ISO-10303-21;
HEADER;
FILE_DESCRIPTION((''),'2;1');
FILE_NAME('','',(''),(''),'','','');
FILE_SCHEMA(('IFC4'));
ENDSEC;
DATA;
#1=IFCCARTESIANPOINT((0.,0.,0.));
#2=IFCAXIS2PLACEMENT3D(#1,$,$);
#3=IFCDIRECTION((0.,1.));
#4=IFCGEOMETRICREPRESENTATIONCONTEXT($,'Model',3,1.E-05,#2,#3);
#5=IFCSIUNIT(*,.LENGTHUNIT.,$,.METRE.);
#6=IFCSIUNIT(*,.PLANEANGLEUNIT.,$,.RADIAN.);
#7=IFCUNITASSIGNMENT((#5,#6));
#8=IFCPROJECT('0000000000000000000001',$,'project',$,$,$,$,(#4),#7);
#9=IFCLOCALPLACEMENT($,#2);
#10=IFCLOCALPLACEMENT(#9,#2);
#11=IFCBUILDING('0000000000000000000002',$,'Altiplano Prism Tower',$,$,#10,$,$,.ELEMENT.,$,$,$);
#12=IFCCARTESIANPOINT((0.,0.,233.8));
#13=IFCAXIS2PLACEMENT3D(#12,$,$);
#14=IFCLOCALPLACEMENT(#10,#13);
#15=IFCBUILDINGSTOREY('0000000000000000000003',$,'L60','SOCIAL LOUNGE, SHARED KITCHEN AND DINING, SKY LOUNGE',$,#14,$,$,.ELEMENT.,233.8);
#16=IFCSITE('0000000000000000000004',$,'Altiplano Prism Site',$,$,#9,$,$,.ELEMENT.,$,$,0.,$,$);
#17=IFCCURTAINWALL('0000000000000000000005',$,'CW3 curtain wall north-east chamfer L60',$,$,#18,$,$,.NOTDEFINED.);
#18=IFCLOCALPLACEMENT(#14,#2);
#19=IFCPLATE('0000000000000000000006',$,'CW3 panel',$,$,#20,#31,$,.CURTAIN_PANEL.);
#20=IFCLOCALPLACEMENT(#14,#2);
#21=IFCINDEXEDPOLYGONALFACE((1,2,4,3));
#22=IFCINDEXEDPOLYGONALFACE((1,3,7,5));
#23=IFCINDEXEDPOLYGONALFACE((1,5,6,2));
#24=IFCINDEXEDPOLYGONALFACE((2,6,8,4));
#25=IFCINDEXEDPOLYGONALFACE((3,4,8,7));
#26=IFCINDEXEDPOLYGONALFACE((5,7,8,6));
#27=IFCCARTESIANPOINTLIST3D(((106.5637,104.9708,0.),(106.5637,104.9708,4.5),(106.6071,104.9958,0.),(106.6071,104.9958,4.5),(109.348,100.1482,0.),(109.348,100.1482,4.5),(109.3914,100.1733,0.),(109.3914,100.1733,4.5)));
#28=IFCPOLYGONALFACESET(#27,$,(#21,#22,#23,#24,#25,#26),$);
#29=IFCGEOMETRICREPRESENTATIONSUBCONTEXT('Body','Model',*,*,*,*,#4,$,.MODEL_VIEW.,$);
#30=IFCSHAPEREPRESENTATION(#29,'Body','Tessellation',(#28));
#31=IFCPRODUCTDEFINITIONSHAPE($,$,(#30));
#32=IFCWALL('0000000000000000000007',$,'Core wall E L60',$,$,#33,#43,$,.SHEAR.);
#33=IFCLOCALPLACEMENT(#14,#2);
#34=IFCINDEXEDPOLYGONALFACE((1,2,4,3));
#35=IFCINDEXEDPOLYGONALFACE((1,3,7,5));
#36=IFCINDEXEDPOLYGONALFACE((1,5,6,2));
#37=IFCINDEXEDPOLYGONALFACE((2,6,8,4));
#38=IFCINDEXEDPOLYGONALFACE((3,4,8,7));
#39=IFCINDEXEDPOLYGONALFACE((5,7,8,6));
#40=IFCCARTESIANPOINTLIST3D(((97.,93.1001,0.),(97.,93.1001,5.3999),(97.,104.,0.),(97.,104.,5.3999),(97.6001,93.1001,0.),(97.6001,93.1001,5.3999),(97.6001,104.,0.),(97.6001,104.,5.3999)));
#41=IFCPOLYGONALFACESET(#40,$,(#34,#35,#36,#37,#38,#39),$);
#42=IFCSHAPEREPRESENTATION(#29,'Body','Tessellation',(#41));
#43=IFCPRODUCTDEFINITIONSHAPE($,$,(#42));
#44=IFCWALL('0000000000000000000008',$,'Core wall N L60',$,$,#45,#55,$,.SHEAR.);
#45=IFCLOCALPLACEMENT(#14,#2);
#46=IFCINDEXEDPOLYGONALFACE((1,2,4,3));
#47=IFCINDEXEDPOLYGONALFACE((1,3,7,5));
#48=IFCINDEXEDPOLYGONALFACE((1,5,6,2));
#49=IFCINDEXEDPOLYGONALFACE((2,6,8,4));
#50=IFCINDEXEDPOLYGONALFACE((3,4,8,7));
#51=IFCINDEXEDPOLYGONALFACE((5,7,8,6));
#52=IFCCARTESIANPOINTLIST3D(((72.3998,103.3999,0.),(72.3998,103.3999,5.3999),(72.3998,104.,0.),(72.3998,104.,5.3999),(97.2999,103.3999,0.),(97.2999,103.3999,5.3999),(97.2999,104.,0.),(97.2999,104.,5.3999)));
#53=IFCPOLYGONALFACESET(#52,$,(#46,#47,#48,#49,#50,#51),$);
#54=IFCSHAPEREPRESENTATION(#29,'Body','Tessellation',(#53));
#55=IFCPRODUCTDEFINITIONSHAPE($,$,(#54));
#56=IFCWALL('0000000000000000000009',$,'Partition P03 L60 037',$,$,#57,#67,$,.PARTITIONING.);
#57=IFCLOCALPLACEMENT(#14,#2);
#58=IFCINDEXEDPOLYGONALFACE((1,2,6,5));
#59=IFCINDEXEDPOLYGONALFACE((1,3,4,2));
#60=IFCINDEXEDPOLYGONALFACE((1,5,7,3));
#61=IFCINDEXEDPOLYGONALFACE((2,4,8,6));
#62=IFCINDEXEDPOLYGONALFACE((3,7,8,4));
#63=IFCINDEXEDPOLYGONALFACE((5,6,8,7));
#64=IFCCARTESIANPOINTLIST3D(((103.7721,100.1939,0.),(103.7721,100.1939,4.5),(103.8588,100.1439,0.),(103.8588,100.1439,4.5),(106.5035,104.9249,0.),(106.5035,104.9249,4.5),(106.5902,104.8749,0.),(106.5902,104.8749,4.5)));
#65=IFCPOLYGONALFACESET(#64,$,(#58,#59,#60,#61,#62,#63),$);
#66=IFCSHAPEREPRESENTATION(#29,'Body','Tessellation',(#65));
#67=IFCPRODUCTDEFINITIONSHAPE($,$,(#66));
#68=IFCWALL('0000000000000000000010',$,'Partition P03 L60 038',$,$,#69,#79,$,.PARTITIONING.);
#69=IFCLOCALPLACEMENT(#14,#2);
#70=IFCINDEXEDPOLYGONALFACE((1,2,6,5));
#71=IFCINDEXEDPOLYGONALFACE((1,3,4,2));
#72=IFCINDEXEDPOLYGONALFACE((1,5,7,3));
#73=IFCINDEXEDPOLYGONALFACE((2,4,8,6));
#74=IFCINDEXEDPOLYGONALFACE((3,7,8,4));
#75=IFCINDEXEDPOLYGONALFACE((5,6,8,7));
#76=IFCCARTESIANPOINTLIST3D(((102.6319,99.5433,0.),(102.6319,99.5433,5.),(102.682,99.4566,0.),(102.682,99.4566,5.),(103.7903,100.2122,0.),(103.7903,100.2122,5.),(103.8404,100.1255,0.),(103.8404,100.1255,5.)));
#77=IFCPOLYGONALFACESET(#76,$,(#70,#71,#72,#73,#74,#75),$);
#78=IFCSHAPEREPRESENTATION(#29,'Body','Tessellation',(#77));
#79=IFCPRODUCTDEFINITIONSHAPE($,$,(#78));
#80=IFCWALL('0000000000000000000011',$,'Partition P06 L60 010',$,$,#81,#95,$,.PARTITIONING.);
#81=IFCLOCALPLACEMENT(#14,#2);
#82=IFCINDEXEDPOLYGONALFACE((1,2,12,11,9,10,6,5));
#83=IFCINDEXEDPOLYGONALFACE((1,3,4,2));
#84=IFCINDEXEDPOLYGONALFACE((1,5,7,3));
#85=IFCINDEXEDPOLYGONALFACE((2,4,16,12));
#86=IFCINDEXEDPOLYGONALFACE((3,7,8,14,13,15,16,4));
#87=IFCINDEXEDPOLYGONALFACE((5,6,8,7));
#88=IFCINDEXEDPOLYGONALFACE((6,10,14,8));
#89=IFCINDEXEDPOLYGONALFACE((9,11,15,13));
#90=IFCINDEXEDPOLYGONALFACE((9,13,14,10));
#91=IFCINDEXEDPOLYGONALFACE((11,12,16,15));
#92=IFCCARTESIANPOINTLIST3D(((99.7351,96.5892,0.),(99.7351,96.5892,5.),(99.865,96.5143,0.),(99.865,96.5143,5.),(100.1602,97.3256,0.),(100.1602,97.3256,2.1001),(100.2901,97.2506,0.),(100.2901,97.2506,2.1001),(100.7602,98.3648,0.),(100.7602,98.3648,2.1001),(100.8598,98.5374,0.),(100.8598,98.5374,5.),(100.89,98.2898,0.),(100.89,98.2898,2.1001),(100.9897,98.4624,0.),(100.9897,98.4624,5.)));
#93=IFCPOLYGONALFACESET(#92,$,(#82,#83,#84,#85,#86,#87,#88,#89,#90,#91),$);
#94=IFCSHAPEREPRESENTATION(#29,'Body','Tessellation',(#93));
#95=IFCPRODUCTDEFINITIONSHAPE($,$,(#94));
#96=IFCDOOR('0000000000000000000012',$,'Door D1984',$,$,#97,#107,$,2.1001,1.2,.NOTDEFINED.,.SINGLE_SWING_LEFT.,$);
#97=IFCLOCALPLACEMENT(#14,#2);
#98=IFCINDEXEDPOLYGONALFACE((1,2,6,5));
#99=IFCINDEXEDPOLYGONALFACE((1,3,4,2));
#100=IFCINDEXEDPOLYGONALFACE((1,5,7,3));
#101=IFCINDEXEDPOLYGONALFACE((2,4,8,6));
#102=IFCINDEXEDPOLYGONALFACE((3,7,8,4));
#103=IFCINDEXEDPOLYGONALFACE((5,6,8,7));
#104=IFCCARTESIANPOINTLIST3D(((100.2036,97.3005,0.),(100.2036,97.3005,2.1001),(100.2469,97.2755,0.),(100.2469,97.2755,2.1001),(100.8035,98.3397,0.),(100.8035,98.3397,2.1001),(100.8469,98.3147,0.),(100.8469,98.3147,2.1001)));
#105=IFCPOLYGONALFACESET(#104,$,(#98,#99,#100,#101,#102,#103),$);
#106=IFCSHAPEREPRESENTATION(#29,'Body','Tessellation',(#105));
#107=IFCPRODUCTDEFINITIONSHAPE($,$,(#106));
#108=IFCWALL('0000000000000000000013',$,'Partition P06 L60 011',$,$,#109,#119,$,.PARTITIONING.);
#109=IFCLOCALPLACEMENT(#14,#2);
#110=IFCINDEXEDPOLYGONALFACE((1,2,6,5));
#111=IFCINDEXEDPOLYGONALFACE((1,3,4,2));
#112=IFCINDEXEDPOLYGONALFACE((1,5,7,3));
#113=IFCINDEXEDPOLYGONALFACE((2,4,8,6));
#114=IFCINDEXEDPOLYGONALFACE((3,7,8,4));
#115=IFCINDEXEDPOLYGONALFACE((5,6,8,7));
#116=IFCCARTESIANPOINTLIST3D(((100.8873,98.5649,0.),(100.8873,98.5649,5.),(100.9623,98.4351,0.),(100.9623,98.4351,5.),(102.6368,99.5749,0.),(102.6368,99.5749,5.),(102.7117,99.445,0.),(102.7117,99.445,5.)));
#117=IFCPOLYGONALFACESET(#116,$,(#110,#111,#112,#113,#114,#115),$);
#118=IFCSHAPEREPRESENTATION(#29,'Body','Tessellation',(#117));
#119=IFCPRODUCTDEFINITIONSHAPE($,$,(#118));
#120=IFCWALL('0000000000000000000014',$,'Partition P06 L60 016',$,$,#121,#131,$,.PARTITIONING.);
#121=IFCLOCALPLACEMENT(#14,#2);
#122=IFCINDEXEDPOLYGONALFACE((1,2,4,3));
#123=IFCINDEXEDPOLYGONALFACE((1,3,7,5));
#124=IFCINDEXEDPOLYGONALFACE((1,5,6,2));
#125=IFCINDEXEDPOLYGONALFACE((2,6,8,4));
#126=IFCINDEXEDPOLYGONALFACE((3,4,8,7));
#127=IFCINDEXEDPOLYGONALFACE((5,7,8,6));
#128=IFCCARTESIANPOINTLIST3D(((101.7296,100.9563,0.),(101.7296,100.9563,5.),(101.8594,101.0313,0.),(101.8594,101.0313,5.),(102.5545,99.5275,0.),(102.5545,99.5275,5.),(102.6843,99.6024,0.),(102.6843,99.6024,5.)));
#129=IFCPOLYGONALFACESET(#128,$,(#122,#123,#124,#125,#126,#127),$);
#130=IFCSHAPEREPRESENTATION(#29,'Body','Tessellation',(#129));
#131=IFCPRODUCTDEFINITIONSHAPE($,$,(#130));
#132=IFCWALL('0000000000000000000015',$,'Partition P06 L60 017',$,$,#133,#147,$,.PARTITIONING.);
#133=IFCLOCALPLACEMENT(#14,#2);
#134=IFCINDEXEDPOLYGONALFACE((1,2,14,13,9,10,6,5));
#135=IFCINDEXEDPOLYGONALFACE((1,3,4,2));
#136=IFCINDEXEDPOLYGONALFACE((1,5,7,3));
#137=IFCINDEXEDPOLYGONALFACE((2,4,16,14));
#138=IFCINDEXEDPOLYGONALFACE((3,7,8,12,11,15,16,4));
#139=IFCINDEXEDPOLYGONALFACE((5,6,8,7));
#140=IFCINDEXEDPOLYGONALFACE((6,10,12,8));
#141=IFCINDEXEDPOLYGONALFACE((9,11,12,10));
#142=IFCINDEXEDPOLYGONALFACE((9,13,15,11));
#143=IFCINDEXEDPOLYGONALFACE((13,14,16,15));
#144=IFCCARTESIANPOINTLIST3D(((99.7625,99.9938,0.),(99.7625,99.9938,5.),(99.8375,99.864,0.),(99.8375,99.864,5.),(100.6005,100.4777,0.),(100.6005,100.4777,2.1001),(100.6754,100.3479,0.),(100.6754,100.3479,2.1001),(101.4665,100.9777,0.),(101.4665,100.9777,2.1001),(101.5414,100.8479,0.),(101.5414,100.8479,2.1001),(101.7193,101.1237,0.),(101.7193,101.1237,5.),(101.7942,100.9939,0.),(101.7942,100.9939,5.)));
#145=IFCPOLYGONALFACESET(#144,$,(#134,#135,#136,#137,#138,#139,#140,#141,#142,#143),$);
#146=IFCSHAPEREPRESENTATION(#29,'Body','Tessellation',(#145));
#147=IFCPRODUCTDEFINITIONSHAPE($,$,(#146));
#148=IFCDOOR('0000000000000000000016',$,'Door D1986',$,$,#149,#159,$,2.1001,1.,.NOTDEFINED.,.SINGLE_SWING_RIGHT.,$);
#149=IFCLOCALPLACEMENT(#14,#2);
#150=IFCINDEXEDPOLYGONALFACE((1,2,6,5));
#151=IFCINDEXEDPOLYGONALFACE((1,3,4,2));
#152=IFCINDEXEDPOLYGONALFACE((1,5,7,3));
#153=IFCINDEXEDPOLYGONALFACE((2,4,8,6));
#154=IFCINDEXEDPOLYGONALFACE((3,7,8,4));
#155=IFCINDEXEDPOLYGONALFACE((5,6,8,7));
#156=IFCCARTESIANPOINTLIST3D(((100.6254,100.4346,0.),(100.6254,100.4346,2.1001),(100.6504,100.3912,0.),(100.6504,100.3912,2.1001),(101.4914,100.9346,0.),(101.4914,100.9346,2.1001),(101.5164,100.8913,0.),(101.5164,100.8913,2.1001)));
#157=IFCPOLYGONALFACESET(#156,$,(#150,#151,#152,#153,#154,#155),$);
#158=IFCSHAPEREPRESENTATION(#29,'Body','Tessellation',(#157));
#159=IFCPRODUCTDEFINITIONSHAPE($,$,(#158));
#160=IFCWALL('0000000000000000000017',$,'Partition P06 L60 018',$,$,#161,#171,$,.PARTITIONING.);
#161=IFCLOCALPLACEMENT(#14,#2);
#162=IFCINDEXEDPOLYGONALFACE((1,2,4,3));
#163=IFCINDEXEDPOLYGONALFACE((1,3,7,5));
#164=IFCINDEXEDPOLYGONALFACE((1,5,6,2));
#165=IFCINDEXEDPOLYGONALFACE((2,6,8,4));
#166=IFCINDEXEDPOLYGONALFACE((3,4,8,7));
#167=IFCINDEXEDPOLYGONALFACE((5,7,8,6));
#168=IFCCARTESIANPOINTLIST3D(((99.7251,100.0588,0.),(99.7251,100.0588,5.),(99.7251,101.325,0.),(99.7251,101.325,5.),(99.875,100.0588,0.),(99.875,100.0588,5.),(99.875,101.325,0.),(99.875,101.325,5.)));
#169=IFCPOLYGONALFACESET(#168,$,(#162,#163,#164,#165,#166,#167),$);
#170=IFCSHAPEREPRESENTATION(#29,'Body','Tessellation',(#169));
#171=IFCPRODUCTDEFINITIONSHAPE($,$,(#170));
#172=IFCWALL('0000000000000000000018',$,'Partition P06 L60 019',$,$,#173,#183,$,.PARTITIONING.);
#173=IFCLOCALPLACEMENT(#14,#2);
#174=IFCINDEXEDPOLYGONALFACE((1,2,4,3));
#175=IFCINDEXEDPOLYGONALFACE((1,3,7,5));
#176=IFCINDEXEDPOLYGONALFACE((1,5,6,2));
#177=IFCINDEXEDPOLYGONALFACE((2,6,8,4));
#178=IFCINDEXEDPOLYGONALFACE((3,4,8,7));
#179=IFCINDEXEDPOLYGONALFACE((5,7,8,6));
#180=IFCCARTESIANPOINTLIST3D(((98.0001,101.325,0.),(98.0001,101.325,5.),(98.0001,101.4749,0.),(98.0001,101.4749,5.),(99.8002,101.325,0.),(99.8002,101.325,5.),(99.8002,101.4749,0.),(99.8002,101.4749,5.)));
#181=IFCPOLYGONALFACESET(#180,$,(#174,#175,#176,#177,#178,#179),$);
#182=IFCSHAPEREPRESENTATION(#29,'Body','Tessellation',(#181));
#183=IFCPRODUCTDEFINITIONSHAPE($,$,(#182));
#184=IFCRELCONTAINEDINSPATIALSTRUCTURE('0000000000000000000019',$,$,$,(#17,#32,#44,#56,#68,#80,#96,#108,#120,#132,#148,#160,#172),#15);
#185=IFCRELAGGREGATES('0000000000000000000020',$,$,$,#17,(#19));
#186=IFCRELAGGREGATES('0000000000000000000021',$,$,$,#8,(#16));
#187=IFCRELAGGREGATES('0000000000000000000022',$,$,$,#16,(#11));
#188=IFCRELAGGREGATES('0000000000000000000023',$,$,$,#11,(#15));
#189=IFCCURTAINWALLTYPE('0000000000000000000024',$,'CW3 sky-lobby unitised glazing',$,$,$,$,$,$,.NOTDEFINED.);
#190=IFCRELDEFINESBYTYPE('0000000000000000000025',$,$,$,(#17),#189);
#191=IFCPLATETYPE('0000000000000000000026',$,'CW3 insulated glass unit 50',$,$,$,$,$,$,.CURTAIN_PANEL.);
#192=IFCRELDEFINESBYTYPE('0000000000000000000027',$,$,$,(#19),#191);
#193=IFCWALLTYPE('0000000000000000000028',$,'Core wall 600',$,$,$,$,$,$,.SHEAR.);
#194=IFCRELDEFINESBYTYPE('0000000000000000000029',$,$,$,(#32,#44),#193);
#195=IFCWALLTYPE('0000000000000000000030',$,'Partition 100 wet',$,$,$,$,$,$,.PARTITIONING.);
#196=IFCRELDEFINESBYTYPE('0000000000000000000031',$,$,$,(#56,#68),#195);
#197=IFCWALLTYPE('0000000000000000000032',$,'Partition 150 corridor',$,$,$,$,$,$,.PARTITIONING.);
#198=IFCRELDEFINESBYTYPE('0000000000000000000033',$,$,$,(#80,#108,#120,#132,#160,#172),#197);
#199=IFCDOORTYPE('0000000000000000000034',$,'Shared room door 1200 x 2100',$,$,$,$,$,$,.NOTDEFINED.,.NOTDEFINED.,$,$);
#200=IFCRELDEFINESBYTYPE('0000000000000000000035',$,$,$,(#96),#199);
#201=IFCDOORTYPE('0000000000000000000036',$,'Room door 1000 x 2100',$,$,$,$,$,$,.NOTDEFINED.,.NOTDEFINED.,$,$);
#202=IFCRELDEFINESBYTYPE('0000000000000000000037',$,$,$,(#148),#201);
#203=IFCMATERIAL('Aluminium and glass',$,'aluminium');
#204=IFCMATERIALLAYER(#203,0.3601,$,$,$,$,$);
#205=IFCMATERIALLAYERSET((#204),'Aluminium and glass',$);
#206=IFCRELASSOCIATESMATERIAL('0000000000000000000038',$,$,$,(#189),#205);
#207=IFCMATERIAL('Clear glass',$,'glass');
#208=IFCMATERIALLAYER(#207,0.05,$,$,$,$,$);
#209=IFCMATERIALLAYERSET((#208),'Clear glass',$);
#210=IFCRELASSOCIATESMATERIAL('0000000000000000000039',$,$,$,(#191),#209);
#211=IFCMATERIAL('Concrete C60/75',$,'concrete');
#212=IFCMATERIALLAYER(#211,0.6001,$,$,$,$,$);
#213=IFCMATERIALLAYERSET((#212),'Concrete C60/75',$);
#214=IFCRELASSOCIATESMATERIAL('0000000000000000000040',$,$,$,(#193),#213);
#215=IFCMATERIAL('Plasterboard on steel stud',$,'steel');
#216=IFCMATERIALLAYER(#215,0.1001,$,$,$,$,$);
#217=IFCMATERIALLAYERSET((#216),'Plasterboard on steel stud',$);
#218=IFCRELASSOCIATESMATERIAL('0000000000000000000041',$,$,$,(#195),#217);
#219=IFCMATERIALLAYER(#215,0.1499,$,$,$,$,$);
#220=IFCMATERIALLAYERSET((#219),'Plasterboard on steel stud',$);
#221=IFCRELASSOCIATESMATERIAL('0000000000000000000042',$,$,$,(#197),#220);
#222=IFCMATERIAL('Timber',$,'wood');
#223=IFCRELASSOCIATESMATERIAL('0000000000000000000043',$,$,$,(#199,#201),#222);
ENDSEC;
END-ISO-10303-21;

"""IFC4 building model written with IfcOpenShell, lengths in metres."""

from ifc_helpers import new_model, si_unit, direction, frame, frame_2d, origin, origin_2d, place, context, subcontext, project, spatial, rectangle, extrude, material, layer, layer_set, type_object, element, fill, aggregate, save


model = new_model("IFC4")

# Units and contexts
model_context = context("Model", 3, precision=1e-05, world=origin(), true_north=direction((0.0, 1.0)))
body_context = subcontext(model_context, "Body", "Model", "MODEL_VIEW")
ifc_project = project(units=[si_unit("LENGTHUNIT", "METRE"), si_unit("PLANEANGLEUNIT", "RADIAN")], contexts=[model_context])

# Site, building, storey
site_placement = place(None, origin())
site = spatial("IfcSite", under=ifc_project, at=site_placement, Name="Altiplano Prism Site", CompositionType="ELEMENT", RefElevation=0.0)
building_placement = place(site_placement, origin())
building = spatial("IfcBuilding", under=site, at=building_placement, Name="Altiplano Prism Tower", CompositionType="ELEMENT")
storey_placement = place(building_placement, frame((0.0, 0.0, 233.8)))
storey = spatial("IfcBuildingStorey", under=building, at=storey_placement, Name="L60", Description="SOCIAL LOUNGE, SHARED KITCHEN AND DINING, SKY LOUNGE", CompositionType="ELEMENT", Elevation=233.8)

# Shared definitions
ifc_material_1 = material(Name="Concrete C60/75", Category="concrete")

# Shared definitions
ifc_material_2 = material(Name="Aluminium and glass", Category="aluminium")
ifc_layer_1 = layer(ifc_material_2, 0.3601)
ifc_layer_set_1 = layer_set([ifc_layer_1], Name="Aluminium and glass")
curtain_wall_type = type_object("IfcCurtainWallType", Name="CW3 sky-lobby unitised glazing", PredefinedType="NOTDEFINED", material=ifc_layer_set_1)

# Curtain wall
curtain_wall_1_placement = place(storey_placement, origin())
curtain_wall_1 = element("IfcCurtainWall", 1, at=curtain_wall_1_placement, inside=storey, type_object=curtain_wall_type, Name="CW3 curtain wall north-east chamfer L60", PredefinedType="NOTDEFINED")

# Plate
ifc_material_3 = material(Name="Clear glass", Category="glass")
ifc_layer_2 = layer(ifc_material_3, 0.05)
ifc_layer_set_2 = layer_set([ifc_layer_2], Name="Clear glass")
plate_type = type_object("IfcPlateType", Name="CW3 insulated glass unit 50", PredefinedType="CURTAIN_PANEL", material=ifc_layer_set_2)
plate_1_placement = place(storey_placement, frame((107.9775, 102.572, 0.0), z_axis=(0.0, 0.0, 1.0), x_axis=(-0.5, 0.866025, 0.0)))
plate_1 = element("IfcPlate", 2, at=plate_1_placement, type_object=plate_type, Name="CW3 panel", PredefinedType="CURTAIN_PANEL", context=body_context, shape_type="SweptSolid", body=[
    extrude(rectangle(XDim=5.5686, YDim=0.05, at=origin_2d()), origin(), (0.0, 0.0, 1.0), 4.5),
])
aggregate(curtain_wall_1, [plate_1])

# Walls
ifc_layer_3 = layer(ifc_material_1, 0.6001)
ifc_layer_set_3 = layer_set([ifc_layer_3], Name="Concrete C60/75")
wall_type_1 = type_object("IfcWallType", Name="Core wall 600", PredefinedType="SHEAR", material=ifc_layer_set_3)
wall_1_placement = place(storey_placement, frame((97.3, 93.1001, 0.0), z_axis=(0.0, 0.0, 1.0), x_axis=(0.0, 1.0, 0.0)))
element("IfcWall", 3, at=wall_1_placement, inside=storey, type_object=wall_type_1, Name="Core wall E L60", PredefinedType="SHEAR", context=body_context, shape_type="SweptSolid", body=[
    extrude(rectangle(XDim=10.8999, YDim=0.6001, at=frame_2d((5.45, 0.0))), origin(), (0.0, 0.0, 1.0), 5.3999),
])
wall_2_placement = place(storey_placement, frame((97.3, 103.7, 0.0), z_axis=(0.0, 0.0, 1.0), x_axis=(-1.0, 0.0, 0.0)))
element("IfcWall", 4, at=wall_2_placement, inside=storey, type_object=wall_type_1, Name="Core wall N L60", PredefinedType="SHEAR", context=body_context, shape_type="SweptSolid", body=[
    extrude(rectangle(XDim=24.9001, YDim=0.6001, at=frame_2d((12.4502, 0.0))), origin(), (0.0, 0.0, 1.0), 5.3999),
])
ifc_material_4 = material(Name="Plasterboard on steel stud", Category="steel")
ifc_layer_4 = layer(ifc_material_4, 0.1001)
ifc_layer_set_4 = layer_set([ifc_layer_4], Name="Plasterboard on steel stud")
wall_type_2 = type_object("IfcWallType", Name="Partition 100 wet", PredefinedType="PARTITIONING", material=ifc_layer_set_4)
wall_3_placement = place(storey_placement, frame((106.5469, 104.8999, 0.0), z_axis=(0.0, 0.0, 1.0), x_axis=(-0.500004, -0.866023, 0.0)))
element("IfcWall", 5, at=wall_3_placement, inside=storey, type_object=wall_type_2, Name="Partition P03 L60 037", PredefinedType="PARTITIONING", context=body_context, shape_type="SweptSolid", body=[
    extrude(rectangle(XDim=5.4629, YDim=0.1001, at=frame_2d((2.7314, 0.0))), origin(), (0.0, 0.0, 1.0), 4.5),
])
wall_4_placement = place(storey_placement, frame((103.8154, 100.1689, 0.0), z_axis=(0.0, 0.0, 1.0), x_axis=(-0.865988, -0.500065, 0.0)))
element("IfcWall", 6, at=wall_4_placement, inside=storey, type_object=wall_type_2, Name="Partition P03 L60 038", PredefinedType="PARTITIONING", context=body_context, shape_type="SweptSolid", body=[
    extrude(rectangle(XDim=1.3376, YDim=0.1001, at=frame_2d((0.6689, 0.0))), origin(), (0.0, 0.0, 1.0), 5.0),
])

# Wall, opening, door
ifc_layer_5 = layer(ifc_material_4, 0.1499)
ifc_layer_set_5 = layer_set([ifc_layer_5], Name="Plasterboard on steel stud")
wall_type_3 = type_object("IfcWallType", Name="Partition 150 corridor", PredefinedType="PARTITIONING", material=ifc_layer_set_5)
wall_5_placement = place(storey_placement, frame((99.8, 96.5518, 0.0), z_axis=(0.0, 0.0, 1.0), x_axis=(0.499979, 0.866037, 0.0)))
wall_5 = element("IfcWall", 7, at=wall_5_placement, inside=storey, type_object=wall_type_3, Name="Partition P06 L60 010", PredefinedType="PARTITIONING", context=body_context, shape_type="SweptSolid", body=[
    extrude(rectangle(XDim=2.2495, YDim=0.1499, at=frame_2d((1.1248, 0.0))), origin(), (0.0, 0.0, 1.0), 5.0),
])
opening_1_placement = place(wall_5_placement, frame((0.8501, 0.0, 0.0)))
opening_1 = element("IfcOpeningElement", 8, at=opening_1_placement, cuts=wall_5, PredefinedType="OPENING", context=body_context, shape_type="SweptSolid", body=[
    extrude(rectangle(XDim=1.2, YDim=2.1001, at=frame_2d((0.6001, 1.05))), frame((0.0, 0.0854, 0.0), z_axis=(0.0, -1.0, 0.0), x_axis=(1.0, 0.0, 0.0)), (0.0, 0.0, 1.0), 0.1709),
])
ifc_material_5 = material(Name="Timber", Category="wood")
door_type_1 = type_object("IfcDoorType", Name="Shared room door 1200 x 2100", OperationType="NOTDEFINED", PredefinedType="NOTDEFINED", material=ifc_material_5)
door_1_placement = place(opening_1_placement, origin())
door_1 = element("IfcDoor", 9, at=door_1_placement, inside=storey, type_object=door_type_1, Name="Door D1984", OperationType="SINGLE_SWING_LEFT", OverallHeight=2.1001, OverallWidth=1.2, PredefinedType="NOTDEFINED", context=body_context, shape_type="SweptSolid", body=[
    extrude(rectangle(XDim=1.2, YDim=2.1001, at=frame_2d((0.6001, 1.05))), frame((0.0, 0.0249, 0.0), z_axis=(0.0, -1.0, 0.0), x_axis=(1.0, 0.0, 0.0)), (0.0, 0.0, 1.0), 0.05),
])
fill(opening_1, door_1)

# Walls
wall_6_placement = place(storey_placement, frame((100.9248, 98.5, 0.0), z_axis=(0.0, 0.0, 1.0), x_axis=(0.866041, 0.499974, 0.0)))
element("IfcWall", 10, at=wall_6_placement, inside=storey, type_object=wall_type_3, Name="Partition P06 L60 011", PredefinedType="PARTITIONING", context=body_context, shape_type="SweptSolid", body=[
    extrude(rectangle(XDim=2.02, YDim=0.1499, at=frame_2d((1.01, 0.0))), origin(), (0.0, 0.0, 1.0), 5.0),
])
wall_7_placement = place(storey_placement, frame((102.6194, 99.5649, 0.0), z_axis=(0.0, 0.0, 1.0), x_axis=(-0.499974, 0.86604, 0.0)))
element("IfcWall", 11, at=wall_7_placement, inside=storey, type_object=wall_type_3, Name="Partition P06 L60 016", PredefinedType="PARTITIONING", context=body_context, shape_type="SweptSolid", body=[
    extrude(rectangle(XDim=1.6499, YDim=0.1499, at=frame_2d((0.825, 0.0))), origin(), (0.0, 0.0, 1.0), 5.0),
])

# Wall, opening, door
wall_8_placement = place(storey_placement, frame((101.7568, 101.0588, 0.0), z_axis=(0.0, 0.0, 1.0), x_axis=(-0.866, -0.500044, 0.0)))
wall_8 = element("IfcWall", 12, at=wall_8_placement, inside=storey, type_object=wall_type_3, Name="Partition P06 L60 017", PredefinedType="PARTITIONING", context=body_context, shape_type="SweptSolid", body=[
    extrude(rectangle(XDim=2.2595, YDim=0.1499, at=frame_2d((1.1299, 0.0))), origin(), (0.0, 0.0, 1.0), 5.0),
])
opening_2_placement = place(wall_8_placement, frame((0.292, 0.0, 0.0)))
opening_2 = element("IfcOpeningElement", 13, at=opening_2_placement, cuts=wall_8, PredefinedType="OPENING", context=body_context, shape_type="SweptSolid", body=[
    extrude(rectangle(XDim=1.0, YDim=2.1001, at=frame_2d((0.5, 1.05))), frame((0.0, 0.0854, 0.0), z_axis=(0.0, -1.0, 0.0), x_axis=(1.0, 0.0, 0.0)), (0.0, 0.0, 1.0), 0.1709),
])
door_type_2 = type_object("IfcDoorType", Name="Room door 1000 x 2100", OperationType="NOTDEFINED", PredefinedType="NOTDEFINED", material=ifc_material_5)
door_2_placement = place(opening_2_placement, origin())
door_2 = element("IfcDoor", 14, at=door_2_placement, inside=storey, type_object=door_type_2, Name="Door D1986", OperationType="SINGLE_SWING_RIGHT", OverallHeight=2.1001, OverallWidth=1.0, PredefinedType="NOTDEFINED", context=body_context, shape_type="SweptSolid", body=[
    extrude(rectangle(XDim=1.0, YDim=2.1001, at=frame_2d((0.5, 1.05))), frame((0.0, 0.0249, 0.0), z_axis=(0.0, -1.0, 0.0), x_axis=(1.0, 0.0, 0.0)), (0.0, 0.0, 1.0), 0.05),
])
fill(opening_2, door_2)

# Walls
wall_9_placement = place(storey_placement, frame((99.8, 100.0588, 0.0), z_axis=(0.0, 0.0, 1.0), x_axis=(0.0, 1.0, 0.0)))
element("IfcWall", 15, at=wall_9_placement, inside=storey, type_object=wall_type_3, Name="Partition P06 L60 018", PredefinedType="PARTITIONING", context=body_context, shape_type="SweptSolid", body=[
    extrude(rectangle(XDim=1.2661, YDim=0.1499, at=frame_2d((0.6331, 0.0))), origin(), (0.0, 0.0, 1.0), 5.0),
])
wall_10_placement = place(storey_placement, frame((99.8, 101.3999, 0.0), z_axis=(0.0, 0.0, 1.0), x_axis=(-1.0, 0.0, 0.0)))
element("IfcWall", 16, at=wall_10_placement, inside=storey, type_object=wall_type_3, Name="Partition P06 L60 019", PredefinedType="PARTITIONING", context=body_context, shape_type="SweptSolid", body=[
    extrude(rectangle(XDim=1.8, YDim=0.1499, at=frame_2d((0.8999, 0.0))), origin(), (0.0, 0.0, 1.0), 5.0),
])

save(model, "model.ifc")
